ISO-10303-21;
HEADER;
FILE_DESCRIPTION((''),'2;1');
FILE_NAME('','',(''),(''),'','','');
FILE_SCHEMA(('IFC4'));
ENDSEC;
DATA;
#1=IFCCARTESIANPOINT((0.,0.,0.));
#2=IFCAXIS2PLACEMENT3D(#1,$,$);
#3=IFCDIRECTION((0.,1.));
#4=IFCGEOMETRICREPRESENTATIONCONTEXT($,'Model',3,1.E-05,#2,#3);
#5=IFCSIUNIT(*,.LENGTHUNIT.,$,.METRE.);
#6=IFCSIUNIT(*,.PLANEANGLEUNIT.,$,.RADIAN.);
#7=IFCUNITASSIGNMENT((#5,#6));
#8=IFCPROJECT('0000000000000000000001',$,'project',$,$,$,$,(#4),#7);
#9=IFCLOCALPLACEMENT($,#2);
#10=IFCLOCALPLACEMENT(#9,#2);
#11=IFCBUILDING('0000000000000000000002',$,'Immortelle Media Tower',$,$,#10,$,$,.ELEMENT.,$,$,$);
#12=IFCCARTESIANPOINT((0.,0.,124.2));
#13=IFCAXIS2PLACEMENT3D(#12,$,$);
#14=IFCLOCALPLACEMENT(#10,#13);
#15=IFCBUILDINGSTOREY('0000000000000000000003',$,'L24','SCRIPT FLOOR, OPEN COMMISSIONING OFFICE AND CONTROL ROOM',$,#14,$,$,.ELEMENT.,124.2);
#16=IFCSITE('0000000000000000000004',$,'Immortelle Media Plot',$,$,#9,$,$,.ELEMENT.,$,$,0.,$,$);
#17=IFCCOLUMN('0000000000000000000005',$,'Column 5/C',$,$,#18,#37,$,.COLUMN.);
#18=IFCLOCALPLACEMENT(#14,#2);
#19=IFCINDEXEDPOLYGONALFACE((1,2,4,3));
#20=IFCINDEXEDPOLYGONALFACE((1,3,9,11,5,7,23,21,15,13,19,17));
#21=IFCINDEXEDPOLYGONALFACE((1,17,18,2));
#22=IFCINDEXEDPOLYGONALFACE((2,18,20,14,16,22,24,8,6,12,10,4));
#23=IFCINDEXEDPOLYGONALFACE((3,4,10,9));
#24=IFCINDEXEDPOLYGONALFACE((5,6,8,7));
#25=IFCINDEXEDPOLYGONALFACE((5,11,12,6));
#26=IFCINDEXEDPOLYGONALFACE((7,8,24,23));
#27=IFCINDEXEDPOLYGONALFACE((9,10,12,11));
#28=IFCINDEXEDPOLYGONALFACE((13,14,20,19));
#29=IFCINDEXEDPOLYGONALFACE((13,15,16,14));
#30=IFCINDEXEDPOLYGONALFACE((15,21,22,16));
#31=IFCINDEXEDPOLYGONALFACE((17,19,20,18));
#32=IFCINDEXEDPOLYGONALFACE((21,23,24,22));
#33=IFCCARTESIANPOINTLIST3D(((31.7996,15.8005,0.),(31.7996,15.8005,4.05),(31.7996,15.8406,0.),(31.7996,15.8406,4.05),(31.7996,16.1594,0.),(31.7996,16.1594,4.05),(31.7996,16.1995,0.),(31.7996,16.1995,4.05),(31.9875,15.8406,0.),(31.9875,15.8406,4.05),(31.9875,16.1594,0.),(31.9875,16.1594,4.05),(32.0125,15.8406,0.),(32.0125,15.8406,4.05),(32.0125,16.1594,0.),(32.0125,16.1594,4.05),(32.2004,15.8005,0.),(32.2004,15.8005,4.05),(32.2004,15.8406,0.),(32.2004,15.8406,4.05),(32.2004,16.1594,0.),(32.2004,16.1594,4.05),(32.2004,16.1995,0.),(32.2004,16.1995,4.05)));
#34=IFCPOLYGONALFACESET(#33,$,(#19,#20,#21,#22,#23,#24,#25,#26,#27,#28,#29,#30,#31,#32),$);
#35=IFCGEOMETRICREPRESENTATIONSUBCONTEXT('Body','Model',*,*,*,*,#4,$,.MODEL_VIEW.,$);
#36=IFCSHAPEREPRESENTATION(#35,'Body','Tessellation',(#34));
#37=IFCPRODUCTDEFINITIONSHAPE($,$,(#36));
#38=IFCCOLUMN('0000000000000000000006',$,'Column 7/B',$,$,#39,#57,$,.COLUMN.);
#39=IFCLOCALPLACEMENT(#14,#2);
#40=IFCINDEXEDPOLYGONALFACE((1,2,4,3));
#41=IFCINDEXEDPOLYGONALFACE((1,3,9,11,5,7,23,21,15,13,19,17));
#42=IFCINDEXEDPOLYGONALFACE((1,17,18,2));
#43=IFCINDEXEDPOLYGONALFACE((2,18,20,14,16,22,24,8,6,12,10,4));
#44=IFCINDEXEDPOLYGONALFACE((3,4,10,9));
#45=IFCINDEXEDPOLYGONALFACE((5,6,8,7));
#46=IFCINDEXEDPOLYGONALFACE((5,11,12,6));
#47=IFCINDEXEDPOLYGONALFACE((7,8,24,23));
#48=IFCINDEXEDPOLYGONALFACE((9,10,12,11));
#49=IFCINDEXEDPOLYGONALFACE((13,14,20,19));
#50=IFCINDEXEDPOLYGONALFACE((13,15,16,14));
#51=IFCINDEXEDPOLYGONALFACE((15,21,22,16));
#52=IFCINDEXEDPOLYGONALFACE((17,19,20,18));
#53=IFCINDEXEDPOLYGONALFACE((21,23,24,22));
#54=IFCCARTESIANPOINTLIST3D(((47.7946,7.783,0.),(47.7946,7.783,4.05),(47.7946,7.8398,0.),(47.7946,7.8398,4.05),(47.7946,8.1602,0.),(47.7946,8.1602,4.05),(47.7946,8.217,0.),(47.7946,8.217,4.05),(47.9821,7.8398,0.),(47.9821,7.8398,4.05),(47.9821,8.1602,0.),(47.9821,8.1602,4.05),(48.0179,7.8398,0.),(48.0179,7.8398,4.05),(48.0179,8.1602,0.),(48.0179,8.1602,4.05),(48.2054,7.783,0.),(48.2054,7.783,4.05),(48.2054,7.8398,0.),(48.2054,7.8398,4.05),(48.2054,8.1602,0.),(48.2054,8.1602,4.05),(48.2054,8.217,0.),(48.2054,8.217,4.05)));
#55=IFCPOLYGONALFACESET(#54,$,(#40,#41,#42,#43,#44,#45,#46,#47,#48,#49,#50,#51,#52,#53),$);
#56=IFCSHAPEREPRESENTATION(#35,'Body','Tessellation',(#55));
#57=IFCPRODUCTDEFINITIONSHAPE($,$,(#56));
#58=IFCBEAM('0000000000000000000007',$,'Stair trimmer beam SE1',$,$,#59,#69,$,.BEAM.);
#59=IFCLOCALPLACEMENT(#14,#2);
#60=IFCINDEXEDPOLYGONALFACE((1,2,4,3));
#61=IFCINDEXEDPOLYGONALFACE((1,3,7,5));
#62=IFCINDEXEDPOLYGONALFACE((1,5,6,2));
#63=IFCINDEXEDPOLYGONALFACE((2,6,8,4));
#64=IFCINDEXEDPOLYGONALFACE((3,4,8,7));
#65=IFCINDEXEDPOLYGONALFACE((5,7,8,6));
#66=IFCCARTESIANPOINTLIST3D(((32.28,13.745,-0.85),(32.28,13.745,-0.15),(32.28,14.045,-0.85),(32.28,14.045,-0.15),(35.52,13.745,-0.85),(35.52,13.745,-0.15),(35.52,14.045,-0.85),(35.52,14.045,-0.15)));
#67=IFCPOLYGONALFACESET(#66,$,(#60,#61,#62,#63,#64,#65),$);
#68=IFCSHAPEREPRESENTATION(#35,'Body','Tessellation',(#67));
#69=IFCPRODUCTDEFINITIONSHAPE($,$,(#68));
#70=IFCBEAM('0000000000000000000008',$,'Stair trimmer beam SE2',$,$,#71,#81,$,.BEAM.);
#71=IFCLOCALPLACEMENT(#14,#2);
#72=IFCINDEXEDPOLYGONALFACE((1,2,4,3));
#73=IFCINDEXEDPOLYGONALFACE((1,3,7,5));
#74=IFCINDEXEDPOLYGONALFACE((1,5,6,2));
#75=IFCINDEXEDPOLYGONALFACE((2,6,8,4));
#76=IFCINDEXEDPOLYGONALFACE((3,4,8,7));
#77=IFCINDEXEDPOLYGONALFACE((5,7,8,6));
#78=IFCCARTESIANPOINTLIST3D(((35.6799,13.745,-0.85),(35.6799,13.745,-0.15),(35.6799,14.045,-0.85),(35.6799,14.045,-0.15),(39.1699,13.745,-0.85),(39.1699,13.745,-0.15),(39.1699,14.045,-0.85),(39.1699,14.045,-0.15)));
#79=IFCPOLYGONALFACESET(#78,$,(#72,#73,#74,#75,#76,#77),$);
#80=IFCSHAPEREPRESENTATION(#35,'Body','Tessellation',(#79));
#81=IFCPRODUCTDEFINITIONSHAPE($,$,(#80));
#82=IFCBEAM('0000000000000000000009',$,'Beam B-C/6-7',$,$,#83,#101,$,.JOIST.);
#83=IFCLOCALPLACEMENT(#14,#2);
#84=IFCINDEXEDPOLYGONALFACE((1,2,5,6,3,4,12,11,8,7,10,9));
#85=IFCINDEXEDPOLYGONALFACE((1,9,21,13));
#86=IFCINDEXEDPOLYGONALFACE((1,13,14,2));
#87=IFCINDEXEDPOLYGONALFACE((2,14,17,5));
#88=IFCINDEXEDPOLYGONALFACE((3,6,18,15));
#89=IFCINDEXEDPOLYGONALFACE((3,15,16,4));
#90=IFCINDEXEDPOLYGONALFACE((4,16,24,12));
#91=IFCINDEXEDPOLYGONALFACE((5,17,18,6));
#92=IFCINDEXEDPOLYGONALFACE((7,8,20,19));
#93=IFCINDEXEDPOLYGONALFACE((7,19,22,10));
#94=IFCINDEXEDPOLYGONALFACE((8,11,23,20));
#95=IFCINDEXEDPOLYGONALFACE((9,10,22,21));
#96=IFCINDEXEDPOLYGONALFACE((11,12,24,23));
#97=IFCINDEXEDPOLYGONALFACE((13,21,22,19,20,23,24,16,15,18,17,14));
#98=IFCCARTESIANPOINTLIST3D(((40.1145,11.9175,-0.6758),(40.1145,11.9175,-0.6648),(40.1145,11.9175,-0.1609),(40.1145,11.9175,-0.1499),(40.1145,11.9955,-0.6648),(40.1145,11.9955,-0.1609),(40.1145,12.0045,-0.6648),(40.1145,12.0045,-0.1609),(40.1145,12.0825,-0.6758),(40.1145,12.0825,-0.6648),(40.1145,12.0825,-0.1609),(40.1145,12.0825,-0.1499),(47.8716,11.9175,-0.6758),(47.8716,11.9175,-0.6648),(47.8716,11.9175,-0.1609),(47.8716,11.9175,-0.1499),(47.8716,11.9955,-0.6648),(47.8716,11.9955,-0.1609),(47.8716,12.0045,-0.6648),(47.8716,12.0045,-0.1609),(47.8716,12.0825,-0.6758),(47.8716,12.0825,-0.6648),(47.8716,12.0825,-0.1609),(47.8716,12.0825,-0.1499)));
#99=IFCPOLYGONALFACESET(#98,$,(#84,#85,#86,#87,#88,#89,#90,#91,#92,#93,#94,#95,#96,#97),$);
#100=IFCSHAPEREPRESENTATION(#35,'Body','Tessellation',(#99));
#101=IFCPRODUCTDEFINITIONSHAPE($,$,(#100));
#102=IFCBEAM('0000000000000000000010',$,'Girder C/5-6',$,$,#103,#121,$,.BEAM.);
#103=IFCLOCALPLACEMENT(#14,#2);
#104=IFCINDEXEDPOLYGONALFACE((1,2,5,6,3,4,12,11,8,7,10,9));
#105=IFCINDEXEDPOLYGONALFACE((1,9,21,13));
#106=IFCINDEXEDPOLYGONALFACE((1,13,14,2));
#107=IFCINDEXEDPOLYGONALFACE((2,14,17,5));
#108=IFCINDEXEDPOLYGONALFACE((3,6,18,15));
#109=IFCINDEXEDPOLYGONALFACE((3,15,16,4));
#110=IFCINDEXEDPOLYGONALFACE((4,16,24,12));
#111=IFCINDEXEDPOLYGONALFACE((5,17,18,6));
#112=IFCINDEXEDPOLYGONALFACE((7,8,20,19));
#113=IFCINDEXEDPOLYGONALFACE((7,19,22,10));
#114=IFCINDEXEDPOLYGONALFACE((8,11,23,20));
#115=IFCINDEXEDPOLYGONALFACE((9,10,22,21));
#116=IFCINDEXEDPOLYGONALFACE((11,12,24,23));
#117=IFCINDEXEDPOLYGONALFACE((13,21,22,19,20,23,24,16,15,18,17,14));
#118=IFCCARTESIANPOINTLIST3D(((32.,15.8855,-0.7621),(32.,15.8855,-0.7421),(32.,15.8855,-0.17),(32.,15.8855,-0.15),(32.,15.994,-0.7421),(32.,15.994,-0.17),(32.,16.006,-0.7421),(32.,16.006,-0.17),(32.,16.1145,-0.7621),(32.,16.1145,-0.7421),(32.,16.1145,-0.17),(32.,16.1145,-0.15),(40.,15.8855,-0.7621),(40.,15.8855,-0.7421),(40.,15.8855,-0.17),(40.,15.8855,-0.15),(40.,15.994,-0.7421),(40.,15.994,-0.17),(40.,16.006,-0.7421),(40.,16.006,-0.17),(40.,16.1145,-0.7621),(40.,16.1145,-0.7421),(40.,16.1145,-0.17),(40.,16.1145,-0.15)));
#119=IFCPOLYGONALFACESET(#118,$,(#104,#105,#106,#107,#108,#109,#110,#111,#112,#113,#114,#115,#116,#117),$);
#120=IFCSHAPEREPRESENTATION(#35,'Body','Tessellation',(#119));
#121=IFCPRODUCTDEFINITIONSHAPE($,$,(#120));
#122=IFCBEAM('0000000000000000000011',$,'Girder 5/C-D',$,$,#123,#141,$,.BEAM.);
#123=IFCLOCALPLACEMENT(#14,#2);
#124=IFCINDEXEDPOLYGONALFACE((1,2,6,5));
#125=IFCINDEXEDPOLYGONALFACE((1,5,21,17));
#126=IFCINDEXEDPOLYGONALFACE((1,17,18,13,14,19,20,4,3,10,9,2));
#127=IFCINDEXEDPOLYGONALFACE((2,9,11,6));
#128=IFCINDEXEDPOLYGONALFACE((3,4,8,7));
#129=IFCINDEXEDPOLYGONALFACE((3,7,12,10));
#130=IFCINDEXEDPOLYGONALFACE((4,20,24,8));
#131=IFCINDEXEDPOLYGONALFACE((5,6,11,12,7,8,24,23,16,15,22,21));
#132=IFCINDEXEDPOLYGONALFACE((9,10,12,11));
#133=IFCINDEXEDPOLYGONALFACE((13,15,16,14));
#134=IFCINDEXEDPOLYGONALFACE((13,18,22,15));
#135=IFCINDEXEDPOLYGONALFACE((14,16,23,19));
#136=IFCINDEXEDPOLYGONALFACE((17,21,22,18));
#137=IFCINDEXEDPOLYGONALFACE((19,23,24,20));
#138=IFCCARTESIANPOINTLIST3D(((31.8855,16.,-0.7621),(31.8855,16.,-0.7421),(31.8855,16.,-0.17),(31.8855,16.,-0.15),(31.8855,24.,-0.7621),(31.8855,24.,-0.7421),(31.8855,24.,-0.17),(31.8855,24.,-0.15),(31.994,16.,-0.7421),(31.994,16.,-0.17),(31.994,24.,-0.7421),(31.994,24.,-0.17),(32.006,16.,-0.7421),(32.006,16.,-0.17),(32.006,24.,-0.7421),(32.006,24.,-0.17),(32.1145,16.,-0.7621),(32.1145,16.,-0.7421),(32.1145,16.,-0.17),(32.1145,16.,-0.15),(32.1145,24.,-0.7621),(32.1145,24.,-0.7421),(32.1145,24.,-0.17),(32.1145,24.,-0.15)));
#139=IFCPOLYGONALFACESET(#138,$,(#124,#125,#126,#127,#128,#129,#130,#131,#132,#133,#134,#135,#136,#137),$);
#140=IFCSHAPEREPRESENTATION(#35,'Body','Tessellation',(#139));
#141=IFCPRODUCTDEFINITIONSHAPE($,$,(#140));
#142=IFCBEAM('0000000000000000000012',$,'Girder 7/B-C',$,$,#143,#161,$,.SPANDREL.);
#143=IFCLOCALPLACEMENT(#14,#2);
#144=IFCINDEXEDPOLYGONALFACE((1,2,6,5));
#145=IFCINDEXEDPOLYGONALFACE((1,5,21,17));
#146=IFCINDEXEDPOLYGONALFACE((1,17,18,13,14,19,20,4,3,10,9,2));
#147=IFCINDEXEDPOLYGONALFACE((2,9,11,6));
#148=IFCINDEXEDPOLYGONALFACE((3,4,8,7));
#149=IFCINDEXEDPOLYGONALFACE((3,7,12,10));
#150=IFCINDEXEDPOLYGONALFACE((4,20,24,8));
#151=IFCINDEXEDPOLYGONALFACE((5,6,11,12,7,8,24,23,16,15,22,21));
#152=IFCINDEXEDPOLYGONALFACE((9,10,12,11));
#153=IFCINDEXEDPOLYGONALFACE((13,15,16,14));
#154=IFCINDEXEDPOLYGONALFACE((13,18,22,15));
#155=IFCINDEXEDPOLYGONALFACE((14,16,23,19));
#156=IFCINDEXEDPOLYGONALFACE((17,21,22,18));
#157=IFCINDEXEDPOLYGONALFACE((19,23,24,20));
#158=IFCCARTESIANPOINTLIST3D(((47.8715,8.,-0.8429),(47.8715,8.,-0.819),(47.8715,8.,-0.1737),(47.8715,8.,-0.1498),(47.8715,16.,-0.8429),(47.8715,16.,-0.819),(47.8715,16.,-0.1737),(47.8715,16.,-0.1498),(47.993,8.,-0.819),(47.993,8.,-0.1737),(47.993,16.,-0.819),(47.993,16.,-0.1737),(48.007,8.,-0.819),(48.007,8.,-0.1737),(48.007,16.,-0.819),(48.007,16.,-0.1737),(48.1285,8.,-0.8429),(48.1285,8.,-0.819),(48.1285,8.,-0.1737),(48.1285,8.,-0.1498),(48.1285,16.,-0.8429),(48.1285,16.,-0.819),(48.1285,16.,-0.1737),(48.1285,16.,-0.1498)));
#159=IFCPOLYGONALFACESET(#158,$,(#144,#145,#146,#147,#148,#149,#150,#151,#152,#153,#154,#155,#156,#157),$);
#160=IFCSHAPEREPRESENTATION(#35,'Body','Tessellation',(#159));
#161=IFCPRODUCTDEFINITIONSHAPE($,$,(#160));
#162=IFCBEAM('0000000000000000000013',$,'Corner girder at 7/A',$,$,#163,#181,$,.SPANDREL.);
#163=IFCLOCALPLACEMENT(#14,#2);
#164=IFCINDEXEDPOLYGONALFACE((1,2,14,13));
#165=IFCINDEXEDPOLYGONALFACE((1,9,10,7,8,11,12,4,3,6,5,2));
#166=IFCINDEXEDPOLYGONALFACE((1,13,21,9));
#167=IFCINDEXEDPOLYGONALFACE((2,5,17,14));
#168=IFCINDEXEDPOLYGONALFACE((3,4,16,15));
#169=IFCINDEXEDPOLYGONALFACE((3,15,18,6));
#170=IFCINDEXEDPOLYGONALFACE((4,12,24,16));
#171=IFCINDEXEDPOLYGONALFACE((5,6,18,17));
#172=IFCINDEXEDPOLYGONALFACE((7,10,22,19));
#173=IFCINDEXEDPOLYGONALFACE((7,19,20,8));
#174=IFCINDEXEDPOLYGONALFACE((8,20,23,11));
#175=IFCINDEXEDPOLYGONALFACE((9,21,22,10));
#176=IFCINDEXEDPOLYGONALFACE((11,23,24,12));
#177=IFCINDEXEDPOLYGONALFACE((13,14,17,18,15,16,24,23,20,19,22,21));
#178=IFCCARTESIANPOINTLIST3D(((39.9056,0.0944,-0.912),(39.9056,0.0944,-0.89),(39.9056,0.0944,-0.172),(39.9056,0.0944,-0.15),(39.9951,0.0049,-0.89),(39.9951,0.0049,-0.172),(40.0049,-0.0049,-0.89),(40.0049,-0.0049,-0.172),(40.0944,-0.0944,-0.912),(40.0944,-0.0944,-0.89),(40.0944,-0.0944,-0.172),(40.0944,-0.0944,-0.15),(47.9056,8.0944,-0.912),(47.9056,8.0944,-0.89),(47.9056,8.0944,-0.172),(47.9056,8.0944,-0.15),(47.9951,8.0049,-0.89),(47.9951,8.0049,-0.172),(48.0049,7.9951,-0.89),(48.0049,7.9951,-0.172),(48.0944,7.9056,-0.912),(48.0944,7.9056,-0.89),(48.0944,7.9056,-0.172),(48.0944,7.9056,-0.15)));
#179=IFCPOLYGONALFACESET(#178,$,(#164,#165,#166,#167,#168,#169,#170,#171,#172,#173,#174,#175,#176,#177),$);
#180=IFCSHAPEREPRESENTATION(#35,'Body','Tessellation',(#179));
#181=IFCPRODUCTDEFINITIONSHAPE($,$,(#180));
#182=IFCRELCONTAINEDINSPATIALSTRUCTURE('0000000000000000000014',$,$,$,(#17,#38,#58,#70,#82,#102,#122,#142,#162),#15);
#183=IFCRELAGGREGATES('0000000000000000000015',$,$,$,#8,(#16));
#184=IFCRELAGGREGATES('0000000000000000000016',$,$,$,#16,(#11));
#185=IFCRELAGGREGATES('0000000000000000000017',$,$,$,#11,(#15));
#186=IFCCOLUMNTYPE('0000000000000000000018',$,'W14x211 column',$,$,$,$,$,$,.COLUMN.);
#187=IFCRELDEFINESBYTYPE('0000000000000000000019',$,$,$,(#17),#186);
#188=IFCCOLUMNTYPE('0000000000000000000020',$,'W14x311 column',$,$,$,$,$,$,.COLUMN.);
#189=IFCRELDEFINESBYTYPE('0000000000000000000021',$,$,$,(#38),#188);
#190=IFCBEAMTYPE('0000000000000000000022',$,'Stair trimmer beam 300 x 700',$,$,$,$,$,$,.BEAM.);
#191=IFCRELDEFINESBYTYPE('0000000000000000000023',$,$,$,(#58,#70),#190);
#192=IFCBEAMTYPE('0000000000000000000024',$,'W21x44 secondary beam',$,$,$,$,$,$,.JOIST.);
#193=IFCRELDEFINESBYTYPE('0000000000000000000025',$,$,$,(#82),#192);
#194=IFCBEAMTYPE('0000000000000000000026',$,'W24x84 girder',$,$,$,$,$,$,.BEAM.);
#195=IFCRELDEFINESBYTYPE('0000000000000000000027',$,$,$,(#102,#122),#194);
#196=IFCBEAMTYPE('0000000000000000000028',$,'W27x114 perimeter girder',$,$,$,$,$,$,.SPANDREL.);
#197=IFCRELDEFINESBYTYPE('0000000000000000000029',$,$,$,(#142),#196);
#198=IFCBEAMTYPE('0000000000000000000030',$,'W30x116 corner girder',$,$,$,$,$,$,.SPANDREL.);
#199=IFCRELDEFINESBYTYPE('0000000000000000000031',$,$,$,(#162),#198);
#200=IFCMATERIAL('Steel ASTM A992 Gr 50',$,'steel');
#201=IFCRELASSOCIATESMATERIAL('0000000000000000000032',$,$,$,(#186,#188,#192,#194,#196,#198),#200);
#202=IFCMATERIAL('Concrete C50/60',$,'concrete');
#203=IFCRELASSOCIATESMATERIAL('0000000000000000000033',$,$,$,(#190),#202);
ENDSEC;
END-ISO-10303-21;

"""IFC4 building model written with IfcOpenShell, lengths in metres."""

from ifc_helpers import new_model, si_unit, direction, frame, origin, origin_2d, place, context, subcontext, project, spatial, rectangle, i_section, extrude, material, material_profile, profile_set, type_object, element, save


model = new_model("IFC4")

# Units and contexts
model_context = context("Model", 3, precision=1e-05, world=origin(), true_north=direction((0.0, 1.0)))
body_context = subcontext(model_context, "Body", "Model", "MODEL_VIEW")
ifc_project = project(units=[si_unit("LENGTHUNIT", "METRE"), si_unit("PLANEANGLEUNIT", "RADIAN")], contexts=[model_context])

# Site, building, storey
site_placement = place(None, origin())
site = spatial("IfcSite", under=ifc_project, at=site_placement, Name="Immortelle Media Plot", CompositionType="ELEMENT", RefElevation=0.0)
building_placement = place(site_placement, origin())
building = spatial("IfcBuilding", under=site, at=building_placement, Name="Immortelle Media Tower", CompositionType="ELEMENT")
storey_placement = place(building_placement, frame((0.0, 0.0, 124.2)))
storey = spatial("IfcBuildingStorey", under=building, at=storey_placement, Name="L24", Description="SCRIPT FLOOR, OPEN COMMISSIONING OFFICE AND CONTROL ROOM", CompositionType="ELEMENT", Elevation=124.2)

# Columns
ifc_material_1 = material(Name="Steel ASTM A992 Gr 50", Category="steel")
ifc_material_profile_1 = material_profile(ifc_material_1, i_section(OverallWidth=0.4009, OverallDepth=0.3989, WebThickness=0.0249, FlangeThickness=0.04, at=origin_2d()), Name="W14x211")
ifc_profile_set_1 = profile_set([ifc_material_profile_1], Name="Steel ASTM A992 Gr 50")
column_type_1 = type_object("IfcColumnType", Name="W14x211 column", PredefinedType="COLUMN", material=ifc_profile_set_1)
column_1_placement = place(storey_placement, frame((32.0, 16.0, 0.0), z_axis=(0.0, 0.0, 1.0), x_axis=(1.0, 0.0, 0.0)))
element("IfcColumn", 1, at=column_1_placement, inside=storey, type_object=column_type_1, Name="Column 5/C", PredefinedType="COLUMN", context=body_context, shape_type="SweptSolid", body=[
    extrude(i_section(OverallWidth=0.4009, OverallDepth=0.3989, WebThickness=0.0249, FlangeThickness=0.04, at=origin_2d()), origin(), (0.0, 0.0, 1.0), 4.05),
])
ifc_material_profile_2 = material_profile(ifc_material_1, i_section(OverallWidth=0.4109, OverallDepth=0.4341, WebThickness=0.0359, FlangeThickness=0.0569, at=origin_2d()), Name="W14x311")
ifc_profile_set_2 = profile_set([ifc_material_profile_2], Name="Steel ASTM A992 Gr 50")
column_type_2 = type_object("IfcColumnType", Name="W14x311 column", PredefinedType="COLUMN", material=ifc_profile_set_2)
column_2_placement = place(storey_placement, frame((48.0, 8.0, 0.0), z_axis=(0.0, 0.0, 1.0), x_axis=(1.0, 0.0, 0.0)))
element("IfcColumn", 2, at=column_2_placement, inside=storey, type_object=column_type_2, Name="Column 7/B", PredefinedType="COLUMN", context=body_context, shape_type="SweptSolid", body=[
    extrude(i_section(OverallWidth=0.4109, OverallDepth=0.4341, WebThickness=0.0359, FlangeThickness=0.0569, at=origin_2d()), origin(), (0.0, 0.0, 1.0), 4.05),
])

# Beams
ifc_material_2 = material(Name="Concrete C50/60", Category="concrete")
ifc_material_profile_3 = material_profile(ifc_material_2, rectangle(XDim=0.3, YDim=0.7, at=origin_2d()), Name="RC 300x700")
ifc_profile_set_3 = profile_set([ifc_material_profile_3], Name="Concrete C50/60")
beam_type_1 = type_object("IfcBeamType", Name="Stair trimmer beam 300 x 700", PredefinedType="BEAM", material=ifc_profile_set_3)
beam_1_placement = place(storey_placement, frame((32.28, 13.895, -0.5), z_axis=(1.0, 0.0, 0.0), x_axis=(0.0, 1.0, 0.0)))
element("IfcBeam", 3, at=beam_1_placement, inside=storey, type_object=beam_type_1, Name="Stair trimmer beam SE1", PredefinedType="BEAM", context=body_context, shape_type="SweptSolid", body=[
    extrude(rectangle(XDim=0.3, YDim=0.7, at=origin_2d()), origin(), (0.0, 0.0, 1.0), 3.24),
])
beam_2_placement = place(storey_placement, frame((35.6799, 13.895, -0.5), z_axis=(1.0, 0.0, 0.0), x_axis=(0.0, 1.0, 0.0)))
element("IfcBeam", 4, at=beam_2_placement, inside=storey, type_object=beam_type_1, Name="Stair trimmer beam SE2", PredefinedType="BEAM", context=body_context, shape_type="SweptSolid", body=[
    extrude(rectangle(XDim=0.3, YDim=0.7, at=origin_2d()), origin(), (0.0, 0.0, 1.0), 3.49),
])
ifc_material_profile_4 = material_profile(ifc_material_1, i_section(OverallWidth=0.165, OverallDepth=0.5259, WebThickness=0.009, FlangeThickness=0.011, at=origin_2d()), Name="W21x44")
ifc_profile_set_4 = profile_set([ifc_material_profile_4], Name="Steel ASTM A992 Gr 50")
beam_type_2 = type_object("IfcBeamType", Name="W21x44 secondary beam", PredefinedType="JOIST", material=ifc_profile_set_4)
beam_3_placement = place(storey_placement, frame((40.1145, 12.0, -0.4128), z_axis=(1.0, 0.0, 0.0), x_axis=(0.0, 1.0, 0.0)))
element("IfcBeam", 5, at=beam_3_placement, inside=storey, type_object=beam_type_2, Name="Beam B-C/6-7", PredefinedType="JOIST", context=body_context, shape_type="SweptSolid", body=[
    extrude(i_section(OverallWidth=0.165, OverallDepth=0.5259, WebThickness=0.009, FlangeThickness=0.011, at=origin_2d()), origin(), (0.0, 0.0, 1.0), 7.7571),
])
ifc_material_profile_5 = material_profile(ifc_material_1, i_section(OverallWidth=0.229, OverallDepth=0.6121, WebThickness=0.012, FlangeThickness=0.02, at=origin_2d()), Name="W24x84")
ifc_profile_set_5 = profile_set([ifc_material_profile_5], Name="Steel ASTM A992 Gr 50")
beam_type_3 = type_object("IfcBeamType", Name="W24x84 girder", PredefinedType="BEAM", material=ifc_profile_set_5)
for number, where, z_axis, x_axis, name in (
    (6, (32.0, 16.0, -0.4561), (1.0, 0.0, 0.0), (0.0, 1.0, 0.0), "Girder C/5-6"),
    (7, (32.0, 16.0, -0.4561), (0.0, 1.0, 0.0), (-1.0, 0.0, 0.0), "Girder 5/C-D"),
):
    element("IfcBeam", number, at=place(storey_placement, frame(where, z_axis=z_axis, x_axis=x_axis)), inside=storey, type_object=beam_type_3, Name=name, PredefinedType="BEAM", context=body_context, shape_type="SweptSolid", body=[
        extrude(i_section(OverallWidth=0.229, OverallDepth=0.6121, WebThickness=0.012, FlangeThickness=0.02, at=origin_2d()), origin(), (0.0, 0.0, 1.0), 8.0),
    ])
ifc_material_profile_6 = material_profile(ifc_material_1, i_section(OverallWidth=0.2571, OverallDepth=0.6931, WebThickness=0.0139, FlangeThickness=0.0239, at=origin_2d()), Name="W27x114")
ifc_profile_set_6 = profile_set([ifc_material_profile_6], Name="Steel ASTM A992 Gr 50")
beam_type_4 = type_object("IfcBeamType", Name="W27x114 perimeter girder", PredefinedType="SPANDREL", material=ifc_profile_set_6)
beam_4_placement = place(storey_placement, frame((48.0, 8.0, -0.4963), z_axis=(0.0, 1.0, 0.0), x_axis=(-1.0, 0.0, 0.0)))
element("IfcBeam", 8, at=beam_4_placement, inside=storey, type_object=beam_type_4, Name="Girder 7/B-C", PredefinedType="SPANDREL", context=body_context, shape_type="SweptSolid", body=[
    extrude(i_section(OverallWidth=0.2571, OverallDepth=0.6931, WebThickness=0.0139, FlangeThickness=0.0239, at=origin_2d()), origin(), (0.0, 0.0, 1.0), 8.0),
])
ifc_material_profile_7 = material_profile(ifc_material_1, i_section(OverallWidth=0.2671, OverallDepth=0.762, WebThickness=0.0139, FlangeThickness=0.022, at=origin_2d()), Name="W30x116")
ifc_profile_set_7 = profile_set([ifc_material_profile_7], Name="Steel ASTM A992 Gr 50")
beam_type_5 = type_object("IfcBeamType", Name="W30x116 corner girder", PredefinedType="SPANDREL", material=ifc_profile_set_7)
beam_5_placement = place(storey_placement, frame((48.0, 8.0, -0.531), z_axis=(-0.707107, -0.707107, 0.0), x_axis=(0.707107, -0.707107, 0.0)))
element("IfcBeam", 9, at=beam_5_placement, inside=storey, type_object=beam_type_5, Name="Corner girder at 7/A", PredefinedType="SPANDREL", context=body_context, shape_type="SweptSolid", body=[
    extrude(i_section(OverallWidth=0.2671, OverallDepth=0.762, WebThickness=0.0139, FlangeThickness=0.022, at=origin_2d()), origin(), (0.0, 0.0, 1.0), 11.3137),
])

save(model, "model.ifc")
